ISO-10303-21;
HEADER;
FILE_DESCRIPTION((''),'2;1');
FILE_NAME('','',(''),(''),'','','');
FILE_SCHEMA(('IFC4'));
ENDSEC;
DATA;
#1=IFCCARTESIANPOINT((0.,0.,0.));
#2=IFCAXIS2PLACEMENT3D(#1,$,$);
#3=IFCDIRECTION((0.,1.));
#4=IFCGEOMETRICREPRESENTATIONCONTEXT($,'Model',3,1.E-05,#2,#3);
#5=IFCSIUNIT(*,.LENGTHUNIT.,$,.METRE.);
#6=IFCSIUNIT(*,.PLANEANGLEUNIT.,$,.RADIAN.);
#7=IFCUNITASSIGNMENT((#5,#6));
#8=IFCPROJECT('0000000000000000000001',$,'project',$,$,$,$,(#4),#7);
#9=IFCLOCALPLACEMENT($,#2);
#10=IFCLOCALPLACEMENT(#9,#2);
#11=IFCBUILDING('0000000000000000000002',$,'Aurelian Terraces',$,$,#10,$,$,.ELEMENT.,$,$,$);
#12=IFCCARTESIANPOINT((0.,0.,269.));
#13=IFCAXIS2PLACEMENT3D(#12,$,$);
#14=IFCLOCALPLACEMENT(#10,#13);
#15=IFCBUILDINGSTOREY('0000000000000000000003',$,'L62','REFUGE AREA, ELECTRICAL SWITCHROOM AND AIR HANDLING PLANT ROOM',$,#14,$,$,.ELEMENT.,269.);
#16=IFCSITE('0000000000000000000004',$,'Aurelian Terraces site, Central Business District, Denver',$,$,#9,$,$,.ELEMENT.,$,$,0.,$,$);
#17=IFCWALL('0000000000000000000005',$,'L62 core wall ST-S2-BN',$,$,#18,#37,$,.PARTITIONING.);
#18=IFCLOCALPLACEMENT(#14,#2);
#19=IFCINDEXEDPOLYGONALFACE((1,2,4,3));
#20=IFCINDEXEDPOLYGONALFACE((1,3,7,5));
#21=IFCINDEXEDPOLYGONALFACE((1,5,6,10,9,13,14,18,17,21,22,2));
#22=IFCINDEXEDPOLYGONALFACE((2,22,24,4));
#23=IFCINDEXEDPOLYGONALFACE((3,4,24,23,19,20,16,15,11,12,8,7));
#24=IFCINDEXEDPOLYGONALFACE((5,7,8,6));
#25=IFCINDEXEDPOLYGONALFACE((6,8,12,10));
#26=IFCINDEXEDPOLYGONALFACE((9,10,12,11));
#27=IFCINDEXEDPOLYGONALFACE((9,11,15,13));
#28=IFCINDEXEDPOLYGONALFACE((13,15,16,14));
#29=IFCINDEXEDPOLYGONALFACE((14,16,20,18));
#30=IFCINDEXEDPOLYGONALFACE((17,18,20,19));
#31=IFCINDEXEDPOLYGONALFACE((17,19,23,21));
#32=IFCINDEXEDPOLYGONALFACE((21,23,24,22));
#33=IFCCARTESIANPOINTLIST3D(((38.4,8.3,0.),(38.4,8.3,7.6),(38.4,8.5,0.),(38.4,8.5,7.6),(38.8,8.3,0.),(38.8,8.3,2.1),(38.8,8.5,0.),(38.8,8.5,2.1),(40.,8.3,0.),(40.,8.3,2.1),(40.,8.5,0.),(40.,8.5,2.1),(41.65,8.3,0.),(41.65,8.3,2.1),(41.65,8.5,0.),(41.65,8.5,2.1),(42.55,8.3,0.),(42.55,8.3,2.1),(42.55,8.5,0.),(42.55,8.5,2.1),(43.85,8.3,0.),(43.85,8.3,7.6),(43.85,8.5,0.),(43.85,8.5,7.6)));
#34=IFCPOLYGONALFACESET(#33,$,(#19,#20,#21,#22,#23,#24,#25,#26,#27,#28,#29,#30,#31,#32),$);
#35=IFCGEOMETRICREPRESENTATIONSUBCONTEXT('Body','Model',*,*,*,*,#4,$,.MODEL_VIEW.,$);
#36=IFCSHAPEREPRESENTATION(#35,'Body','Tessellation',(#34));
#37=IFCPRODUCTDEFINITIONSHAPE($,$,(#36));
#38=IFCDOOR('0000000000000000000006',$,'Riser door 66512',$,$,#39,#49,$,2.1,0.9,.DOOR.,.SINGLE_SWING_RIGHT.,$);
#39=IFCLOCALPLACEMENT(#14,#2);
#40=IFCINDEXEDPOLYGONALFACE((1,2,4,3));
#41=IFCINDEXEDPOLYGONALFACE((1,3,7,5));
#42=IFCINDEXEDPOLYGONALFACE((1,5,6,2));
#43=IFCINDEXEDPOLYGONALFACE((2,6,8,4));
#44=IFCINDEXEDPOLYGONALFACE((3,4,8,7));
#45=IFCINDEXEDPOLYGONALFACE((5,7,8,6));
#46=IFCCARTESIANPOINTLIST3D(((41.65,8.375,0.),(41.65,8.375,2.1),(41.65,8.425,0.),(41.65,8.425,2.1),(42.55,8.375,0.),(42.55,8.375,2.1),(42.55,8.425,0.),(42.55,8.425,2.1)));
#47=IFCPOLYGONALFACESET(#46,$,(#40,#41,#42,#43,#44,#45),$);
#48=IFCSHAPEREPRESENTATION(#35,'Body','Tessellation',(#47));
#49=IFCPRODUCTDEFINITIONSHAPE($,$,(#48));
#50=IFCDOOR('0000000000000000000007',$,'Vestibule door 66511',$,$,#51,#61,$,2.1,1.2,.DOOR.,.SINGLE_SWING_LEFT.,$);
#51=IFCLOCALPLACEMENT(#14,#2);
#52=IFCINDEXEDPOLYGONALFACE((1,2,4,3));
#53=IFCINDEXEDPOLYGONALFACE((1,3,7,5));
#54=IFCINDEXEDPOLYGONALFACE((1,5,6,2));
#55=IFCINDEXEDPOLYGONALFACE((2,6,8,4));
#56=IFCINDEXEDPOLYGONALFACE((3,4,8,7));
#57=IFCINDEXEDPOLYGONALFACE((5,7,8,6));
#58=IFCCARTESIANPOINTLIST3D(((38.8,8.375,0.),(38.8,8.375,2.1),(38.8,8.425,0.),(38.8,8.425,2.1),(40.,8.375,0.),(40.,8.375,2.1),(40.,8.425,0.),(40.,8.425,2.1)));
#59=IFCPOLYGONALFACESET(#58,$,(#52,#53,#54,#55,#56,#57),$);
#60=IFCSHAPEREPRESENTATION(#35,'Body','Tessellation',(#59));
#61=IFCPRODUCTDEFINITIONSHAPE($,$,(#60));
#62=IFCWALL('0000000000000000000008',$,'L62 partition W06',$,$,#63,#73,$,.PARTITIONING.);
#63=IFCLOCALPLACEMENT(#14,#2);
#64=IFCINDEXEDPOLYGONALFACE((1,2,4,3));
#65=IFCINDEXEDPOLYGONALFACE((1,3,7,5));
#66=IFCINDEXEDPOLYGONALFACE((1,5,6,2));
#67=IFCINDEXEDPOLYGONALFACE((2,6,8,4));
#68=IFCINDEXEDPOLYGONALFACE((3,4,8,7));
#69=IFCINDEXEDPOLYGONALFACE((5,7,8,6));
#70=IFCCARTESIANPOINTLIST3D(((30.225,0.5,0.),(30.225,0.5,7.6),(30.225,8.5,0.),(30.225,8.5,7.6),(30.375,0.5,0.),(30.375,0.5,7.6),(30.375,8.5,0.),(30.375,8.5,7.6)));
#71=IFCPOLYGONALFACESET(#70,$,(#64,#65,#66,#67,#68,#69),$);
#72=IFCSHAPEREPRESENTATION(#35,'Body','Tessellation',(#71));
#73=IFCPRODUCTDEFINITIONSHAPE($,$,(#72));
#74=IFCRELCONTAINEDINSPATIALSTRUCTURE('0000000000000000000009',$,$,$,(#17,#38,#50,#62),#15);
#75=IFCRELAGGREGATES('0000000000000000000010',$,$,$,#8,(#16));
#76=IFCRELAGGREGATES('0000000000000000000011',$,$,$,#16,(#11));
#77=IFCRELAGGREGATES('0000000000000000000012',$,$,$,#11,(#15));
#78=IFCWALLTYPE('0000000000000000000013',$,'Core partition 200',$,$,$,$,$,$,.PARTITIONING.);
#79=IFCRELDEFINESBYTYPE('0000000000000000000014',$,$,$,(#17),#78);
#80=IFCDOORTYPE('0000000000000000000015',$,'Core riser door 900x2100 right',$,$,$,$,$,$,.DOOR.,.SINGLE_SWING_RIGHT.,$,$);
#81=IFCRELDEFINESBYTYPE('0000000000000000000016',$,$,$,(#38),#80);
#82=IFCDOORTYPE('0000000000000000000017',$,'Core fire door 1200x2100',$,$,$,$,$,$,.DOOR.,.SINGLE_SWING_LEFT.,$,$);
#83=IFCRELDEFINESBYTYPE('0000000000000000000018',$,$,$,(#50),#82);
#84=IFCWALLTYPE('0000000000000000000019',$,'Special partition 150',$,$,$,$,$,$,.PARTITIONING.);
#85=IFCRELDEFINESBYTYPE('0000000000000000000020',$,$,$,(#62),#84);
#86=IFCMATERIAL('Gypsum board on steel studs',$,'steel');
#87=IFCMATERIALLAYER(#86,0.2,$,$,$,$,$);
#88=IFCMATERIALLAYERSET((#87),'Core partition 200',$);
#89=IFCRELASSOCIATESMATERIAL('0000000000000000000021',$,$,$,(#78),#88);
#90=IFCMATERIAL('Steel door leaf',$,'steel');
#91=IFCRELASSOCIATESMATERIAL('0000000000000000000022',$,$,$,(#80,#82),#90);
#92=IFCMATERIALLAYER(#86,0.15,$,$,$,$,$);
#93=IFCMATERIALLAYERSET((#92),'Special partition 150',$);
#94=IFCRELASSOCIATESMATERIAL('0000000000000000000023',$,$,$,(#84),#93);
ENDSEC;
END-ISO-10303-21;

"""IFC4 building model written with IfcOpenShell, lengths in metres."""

from ifc_helpers import new_model, si_unit, direction, frame, frame_2d, origin, place, context, subcontext, project, spatial, rectangle, extrude, source, transform, mapped, material, layer, layer_set, type_object, element, fill, save


model = new_model("IFC4")

# Units and contexts
model_context = context("Model", 3, precision=1e-05, world=origin(), true_north=direction((0.0, 1.0)))
body_context = subcontext(model_context, "Body", "Model", "MODEL_VIEW")
ifc_project = project(units=[si_unit("LENGTHUNIT", "METRE"), si_unit("PLANEANGLEUNIT", "RADIAN")], contexts=[model_context])

# Site, building, storey
site_placement = place(None, origin())
site = spatial("IfcSite", under=ifc_project, at=site_placement, Name="Aurelian Terraces site, Central Business District, Denver", CompositionType="ELEMENT", RefElevation=0.0)
building_placement = place(site_placement, origin())
building = spatial("IfcBuilding", under=site, at=building_placement, Name="Aurelian Terraces", CompositionType="ELEMENT")
storey_placement = place(building_placement, frame((0.0, 0.0, 269.0)))
storey = spatial("IfcBuildingStorey", under=building, at=storey_placement, Name="L62", Description="REFUGE AREA, ELECTRICAL SWITCHROOM AND AIR HANDLING PLANT ROOM", CompositionType="ELEMENT", Elevation=269.0)

# Shared definitions
ifc_material_1 = material(Name="Gypsum board on steel studs", Category="steel")
ifc_layer_1 = layer(ifc_material_1, 0.2)
ifc_layer_set_1 = layer_set([ifc_layer_1], Name="Core partition 200")
wall_type_1 = type_object("IfcWallType", Name="Core partition 200", PredefinedType="PARTITIONING", material=ifc_layer_set_1)

# Wall, openings, doors
shared_shape_1 = source(origin(), body_context, "Body", "SweptSolid", [
    extrude(rectangle(XDim=5.45, YDim=0.2, at=frame_2d((2.725, 0.0))), origin(), (0.0, 0.0, 1.0), 7.6),
])
wall_1_placement = place(storey_placement, frame((38.4, 8.4, 0.0), z_axis=(0.0, 0.0, 1.0), x_axis=(1.0, 0.0, 0.0)))
wall_1 = element("IfcWall", 1, at=wall_1_placement, inside=storey, type_object=wall_type_1, Name="L62 core wall ST-S2-BN", PredefinedType="PARTITIONING", context=body_context, shape_type="MappedRepresentation", body=[
    mapped(shared_shape_1, transform((0.0, 0.0, 0.0), scale=1.0)),
])
shared_shape_2 = source(origin(), body_context, "Body", "SweptSolid", [
    extrude(rectangle(XDim=1.2, YDim=2.1, at=frame_2d((0.6, 1.05))), frame((0.0, 0.11, 0.0), z_axis=(0.0, -1.0, 0.0), x_axis=(1.0, 0.0, 0.0)), (0.0, 0.0, 1.0), 0.22),
])
opening_1_placement = place(wall_1_placement, frame((0.4, 0.0, 0.0)))
opening_1 = element("IfcOpeningElement", 2, at=opening_1_placement, cuts=wall_1, PredefinedType="OPENING", context=body_context, shape_type="MappedRepresentation", body=[
    mapped(shared_shape_2, transform((0.0, 0.0, 0.0), scale=1.0)),
])
shared_shape_3 = source(origin(), body_context, "Body", "SweptSolid", [
    extrude(rectangle(XDim=0.9, YDim=2.1, at=frame_2d((0.45, 1.05))), frame((0.0, 0.11, 0.0), z_axis=(0.0, -1.0, 0.0), x_axis=(1.0, 0.0, 0.0)), (0.0, 0.0, 1.0), 0.22),
])
opening_2_placement = place(wall_1_placement, frame((3.25, 0.0, 0.0)))
opening_2 = element("IfcOpeningElement", 3, at=opening_2_placement, cuts=wall_1, PredefinedType="OPENING", context=body_context, shape_type="MappedRepresentation", body=[
    mapped(shared_shape_3, transform((0.0, 0.0, 0.0), scale=1.0)),
])
ifc_material_2 = material(Name="Steel door leaf", Category="steel")
door_type_1 = type_object("IfcDoorType", Name="Core riser door 900x2100 right", OperationType="SINGLE_SWING_RIGHT", PredefinedType="DOOR", material=ifc_material_2)
shared_shape_4 = source(origin(), body_context, "Body", "SweptSolid", [
    extrude(rectangle(XDim=0.9, YDim=2.1, at=frame_2d((0.45, 1.05))), frame((0.0, 0.025, 0.0), z_axis=(0.0, -1.0, 0.0), x_axis=(1.0, 0.0, 0.0)), (0.0, 0.0, 1.0), 0.05),
])
door_1_placement = place(opening_2_placement, origin())
door_1 = element("IfcDoor", 4, at=door_1_placement, inside=storey, type_object=door_type_1, Name="Riser door 66512", OperationType="SINGLE_SWING_RIGHT", OverallHeight=2.1, OverallWidth=0.9, PredefinedType="DOOR", context=body_context, shape_type="MappedRepresentation", body=[
    mapped(shared_shape_4, transform((0.0, 0.0, 0.0), scale=1.0)),
])
fill(opening_2, door_1)
door_type_2 = type_object("IfcDoorType", Name="Core fire door 1200x2100", OperationType="SINGLE_SWING_LEFT", PredefinedType="DOOR", material=ifc_material_2)
shared_shape_5 = source(origin(), body_context, "Body", "SweptSolid", [
    extrude(rectangle(XDim=1.2, YDim=2.1, at=frame_2d((0.6, 1.05))), frame((0.0, 0.025, 0.0), z_axis=(0.0, -1.0, 0.0), x_axis=(1.0, 0.0, 0.0)), (0.0, 0.0, 1.0), 0.05),
])
door_2_placement = place(opening_1_placement, origin())
door_2 = element("IfcDoor", 5, at=door_2_placement, inside=storey, type_object=door_type_2, Name="Vestibule door 66511", OperationType="SINGLE_SWING_LEFT", OverallHeight=2.1, OverallWidth=1.2, PredefinedType="DOOR", context=body_context, shape_type="MappedRepresentation", body=[
    mapped(shared_shape_5, transform((0.0, 0.0, 0.0), scale=1.0)),
])
fill(opening_1, door_2)

# Wall
ifc_layer_2 = layer(ifc_material_1, 0.15)
ifc_layer_set_2 = layer_set([ifc_layer_2], Name="Special partition 150")
wall_type_2 = type_object("IfcWallType", Name="Special partition 150", PredefinedType="PARTITIONING", material=ifc_layer_set_2)
shared_shape_6 = source(origin(), body_context, "Body", "SweptSolid", [
    extrude(rectangle(XDim=8.0, YDim=0.15, at=frame_2d((4.0, 0.0))), origin(), (0.0, 0.0, 1.0), 7.6),
])
wall_2_placement = place(storey_placement, frame((30.3, 0.5, 0.0), z_axis=(0.0, 0.0, 1.0), x_axis=(0.0, 1.0, 0.0)))
element("IfcWall", 6, at=wall_2_placement, inside=storey, type_object=wall_type_2, Name="L62 partition W06", PredefinedType="PARTITIONING", context=body_context, shape_type="MappedRepresentation", body=[
    mapped(shared_shape_6, transform((0.0, 0.0, 0.0), scale=1.0)),
])

save(model, "model.ifc")
